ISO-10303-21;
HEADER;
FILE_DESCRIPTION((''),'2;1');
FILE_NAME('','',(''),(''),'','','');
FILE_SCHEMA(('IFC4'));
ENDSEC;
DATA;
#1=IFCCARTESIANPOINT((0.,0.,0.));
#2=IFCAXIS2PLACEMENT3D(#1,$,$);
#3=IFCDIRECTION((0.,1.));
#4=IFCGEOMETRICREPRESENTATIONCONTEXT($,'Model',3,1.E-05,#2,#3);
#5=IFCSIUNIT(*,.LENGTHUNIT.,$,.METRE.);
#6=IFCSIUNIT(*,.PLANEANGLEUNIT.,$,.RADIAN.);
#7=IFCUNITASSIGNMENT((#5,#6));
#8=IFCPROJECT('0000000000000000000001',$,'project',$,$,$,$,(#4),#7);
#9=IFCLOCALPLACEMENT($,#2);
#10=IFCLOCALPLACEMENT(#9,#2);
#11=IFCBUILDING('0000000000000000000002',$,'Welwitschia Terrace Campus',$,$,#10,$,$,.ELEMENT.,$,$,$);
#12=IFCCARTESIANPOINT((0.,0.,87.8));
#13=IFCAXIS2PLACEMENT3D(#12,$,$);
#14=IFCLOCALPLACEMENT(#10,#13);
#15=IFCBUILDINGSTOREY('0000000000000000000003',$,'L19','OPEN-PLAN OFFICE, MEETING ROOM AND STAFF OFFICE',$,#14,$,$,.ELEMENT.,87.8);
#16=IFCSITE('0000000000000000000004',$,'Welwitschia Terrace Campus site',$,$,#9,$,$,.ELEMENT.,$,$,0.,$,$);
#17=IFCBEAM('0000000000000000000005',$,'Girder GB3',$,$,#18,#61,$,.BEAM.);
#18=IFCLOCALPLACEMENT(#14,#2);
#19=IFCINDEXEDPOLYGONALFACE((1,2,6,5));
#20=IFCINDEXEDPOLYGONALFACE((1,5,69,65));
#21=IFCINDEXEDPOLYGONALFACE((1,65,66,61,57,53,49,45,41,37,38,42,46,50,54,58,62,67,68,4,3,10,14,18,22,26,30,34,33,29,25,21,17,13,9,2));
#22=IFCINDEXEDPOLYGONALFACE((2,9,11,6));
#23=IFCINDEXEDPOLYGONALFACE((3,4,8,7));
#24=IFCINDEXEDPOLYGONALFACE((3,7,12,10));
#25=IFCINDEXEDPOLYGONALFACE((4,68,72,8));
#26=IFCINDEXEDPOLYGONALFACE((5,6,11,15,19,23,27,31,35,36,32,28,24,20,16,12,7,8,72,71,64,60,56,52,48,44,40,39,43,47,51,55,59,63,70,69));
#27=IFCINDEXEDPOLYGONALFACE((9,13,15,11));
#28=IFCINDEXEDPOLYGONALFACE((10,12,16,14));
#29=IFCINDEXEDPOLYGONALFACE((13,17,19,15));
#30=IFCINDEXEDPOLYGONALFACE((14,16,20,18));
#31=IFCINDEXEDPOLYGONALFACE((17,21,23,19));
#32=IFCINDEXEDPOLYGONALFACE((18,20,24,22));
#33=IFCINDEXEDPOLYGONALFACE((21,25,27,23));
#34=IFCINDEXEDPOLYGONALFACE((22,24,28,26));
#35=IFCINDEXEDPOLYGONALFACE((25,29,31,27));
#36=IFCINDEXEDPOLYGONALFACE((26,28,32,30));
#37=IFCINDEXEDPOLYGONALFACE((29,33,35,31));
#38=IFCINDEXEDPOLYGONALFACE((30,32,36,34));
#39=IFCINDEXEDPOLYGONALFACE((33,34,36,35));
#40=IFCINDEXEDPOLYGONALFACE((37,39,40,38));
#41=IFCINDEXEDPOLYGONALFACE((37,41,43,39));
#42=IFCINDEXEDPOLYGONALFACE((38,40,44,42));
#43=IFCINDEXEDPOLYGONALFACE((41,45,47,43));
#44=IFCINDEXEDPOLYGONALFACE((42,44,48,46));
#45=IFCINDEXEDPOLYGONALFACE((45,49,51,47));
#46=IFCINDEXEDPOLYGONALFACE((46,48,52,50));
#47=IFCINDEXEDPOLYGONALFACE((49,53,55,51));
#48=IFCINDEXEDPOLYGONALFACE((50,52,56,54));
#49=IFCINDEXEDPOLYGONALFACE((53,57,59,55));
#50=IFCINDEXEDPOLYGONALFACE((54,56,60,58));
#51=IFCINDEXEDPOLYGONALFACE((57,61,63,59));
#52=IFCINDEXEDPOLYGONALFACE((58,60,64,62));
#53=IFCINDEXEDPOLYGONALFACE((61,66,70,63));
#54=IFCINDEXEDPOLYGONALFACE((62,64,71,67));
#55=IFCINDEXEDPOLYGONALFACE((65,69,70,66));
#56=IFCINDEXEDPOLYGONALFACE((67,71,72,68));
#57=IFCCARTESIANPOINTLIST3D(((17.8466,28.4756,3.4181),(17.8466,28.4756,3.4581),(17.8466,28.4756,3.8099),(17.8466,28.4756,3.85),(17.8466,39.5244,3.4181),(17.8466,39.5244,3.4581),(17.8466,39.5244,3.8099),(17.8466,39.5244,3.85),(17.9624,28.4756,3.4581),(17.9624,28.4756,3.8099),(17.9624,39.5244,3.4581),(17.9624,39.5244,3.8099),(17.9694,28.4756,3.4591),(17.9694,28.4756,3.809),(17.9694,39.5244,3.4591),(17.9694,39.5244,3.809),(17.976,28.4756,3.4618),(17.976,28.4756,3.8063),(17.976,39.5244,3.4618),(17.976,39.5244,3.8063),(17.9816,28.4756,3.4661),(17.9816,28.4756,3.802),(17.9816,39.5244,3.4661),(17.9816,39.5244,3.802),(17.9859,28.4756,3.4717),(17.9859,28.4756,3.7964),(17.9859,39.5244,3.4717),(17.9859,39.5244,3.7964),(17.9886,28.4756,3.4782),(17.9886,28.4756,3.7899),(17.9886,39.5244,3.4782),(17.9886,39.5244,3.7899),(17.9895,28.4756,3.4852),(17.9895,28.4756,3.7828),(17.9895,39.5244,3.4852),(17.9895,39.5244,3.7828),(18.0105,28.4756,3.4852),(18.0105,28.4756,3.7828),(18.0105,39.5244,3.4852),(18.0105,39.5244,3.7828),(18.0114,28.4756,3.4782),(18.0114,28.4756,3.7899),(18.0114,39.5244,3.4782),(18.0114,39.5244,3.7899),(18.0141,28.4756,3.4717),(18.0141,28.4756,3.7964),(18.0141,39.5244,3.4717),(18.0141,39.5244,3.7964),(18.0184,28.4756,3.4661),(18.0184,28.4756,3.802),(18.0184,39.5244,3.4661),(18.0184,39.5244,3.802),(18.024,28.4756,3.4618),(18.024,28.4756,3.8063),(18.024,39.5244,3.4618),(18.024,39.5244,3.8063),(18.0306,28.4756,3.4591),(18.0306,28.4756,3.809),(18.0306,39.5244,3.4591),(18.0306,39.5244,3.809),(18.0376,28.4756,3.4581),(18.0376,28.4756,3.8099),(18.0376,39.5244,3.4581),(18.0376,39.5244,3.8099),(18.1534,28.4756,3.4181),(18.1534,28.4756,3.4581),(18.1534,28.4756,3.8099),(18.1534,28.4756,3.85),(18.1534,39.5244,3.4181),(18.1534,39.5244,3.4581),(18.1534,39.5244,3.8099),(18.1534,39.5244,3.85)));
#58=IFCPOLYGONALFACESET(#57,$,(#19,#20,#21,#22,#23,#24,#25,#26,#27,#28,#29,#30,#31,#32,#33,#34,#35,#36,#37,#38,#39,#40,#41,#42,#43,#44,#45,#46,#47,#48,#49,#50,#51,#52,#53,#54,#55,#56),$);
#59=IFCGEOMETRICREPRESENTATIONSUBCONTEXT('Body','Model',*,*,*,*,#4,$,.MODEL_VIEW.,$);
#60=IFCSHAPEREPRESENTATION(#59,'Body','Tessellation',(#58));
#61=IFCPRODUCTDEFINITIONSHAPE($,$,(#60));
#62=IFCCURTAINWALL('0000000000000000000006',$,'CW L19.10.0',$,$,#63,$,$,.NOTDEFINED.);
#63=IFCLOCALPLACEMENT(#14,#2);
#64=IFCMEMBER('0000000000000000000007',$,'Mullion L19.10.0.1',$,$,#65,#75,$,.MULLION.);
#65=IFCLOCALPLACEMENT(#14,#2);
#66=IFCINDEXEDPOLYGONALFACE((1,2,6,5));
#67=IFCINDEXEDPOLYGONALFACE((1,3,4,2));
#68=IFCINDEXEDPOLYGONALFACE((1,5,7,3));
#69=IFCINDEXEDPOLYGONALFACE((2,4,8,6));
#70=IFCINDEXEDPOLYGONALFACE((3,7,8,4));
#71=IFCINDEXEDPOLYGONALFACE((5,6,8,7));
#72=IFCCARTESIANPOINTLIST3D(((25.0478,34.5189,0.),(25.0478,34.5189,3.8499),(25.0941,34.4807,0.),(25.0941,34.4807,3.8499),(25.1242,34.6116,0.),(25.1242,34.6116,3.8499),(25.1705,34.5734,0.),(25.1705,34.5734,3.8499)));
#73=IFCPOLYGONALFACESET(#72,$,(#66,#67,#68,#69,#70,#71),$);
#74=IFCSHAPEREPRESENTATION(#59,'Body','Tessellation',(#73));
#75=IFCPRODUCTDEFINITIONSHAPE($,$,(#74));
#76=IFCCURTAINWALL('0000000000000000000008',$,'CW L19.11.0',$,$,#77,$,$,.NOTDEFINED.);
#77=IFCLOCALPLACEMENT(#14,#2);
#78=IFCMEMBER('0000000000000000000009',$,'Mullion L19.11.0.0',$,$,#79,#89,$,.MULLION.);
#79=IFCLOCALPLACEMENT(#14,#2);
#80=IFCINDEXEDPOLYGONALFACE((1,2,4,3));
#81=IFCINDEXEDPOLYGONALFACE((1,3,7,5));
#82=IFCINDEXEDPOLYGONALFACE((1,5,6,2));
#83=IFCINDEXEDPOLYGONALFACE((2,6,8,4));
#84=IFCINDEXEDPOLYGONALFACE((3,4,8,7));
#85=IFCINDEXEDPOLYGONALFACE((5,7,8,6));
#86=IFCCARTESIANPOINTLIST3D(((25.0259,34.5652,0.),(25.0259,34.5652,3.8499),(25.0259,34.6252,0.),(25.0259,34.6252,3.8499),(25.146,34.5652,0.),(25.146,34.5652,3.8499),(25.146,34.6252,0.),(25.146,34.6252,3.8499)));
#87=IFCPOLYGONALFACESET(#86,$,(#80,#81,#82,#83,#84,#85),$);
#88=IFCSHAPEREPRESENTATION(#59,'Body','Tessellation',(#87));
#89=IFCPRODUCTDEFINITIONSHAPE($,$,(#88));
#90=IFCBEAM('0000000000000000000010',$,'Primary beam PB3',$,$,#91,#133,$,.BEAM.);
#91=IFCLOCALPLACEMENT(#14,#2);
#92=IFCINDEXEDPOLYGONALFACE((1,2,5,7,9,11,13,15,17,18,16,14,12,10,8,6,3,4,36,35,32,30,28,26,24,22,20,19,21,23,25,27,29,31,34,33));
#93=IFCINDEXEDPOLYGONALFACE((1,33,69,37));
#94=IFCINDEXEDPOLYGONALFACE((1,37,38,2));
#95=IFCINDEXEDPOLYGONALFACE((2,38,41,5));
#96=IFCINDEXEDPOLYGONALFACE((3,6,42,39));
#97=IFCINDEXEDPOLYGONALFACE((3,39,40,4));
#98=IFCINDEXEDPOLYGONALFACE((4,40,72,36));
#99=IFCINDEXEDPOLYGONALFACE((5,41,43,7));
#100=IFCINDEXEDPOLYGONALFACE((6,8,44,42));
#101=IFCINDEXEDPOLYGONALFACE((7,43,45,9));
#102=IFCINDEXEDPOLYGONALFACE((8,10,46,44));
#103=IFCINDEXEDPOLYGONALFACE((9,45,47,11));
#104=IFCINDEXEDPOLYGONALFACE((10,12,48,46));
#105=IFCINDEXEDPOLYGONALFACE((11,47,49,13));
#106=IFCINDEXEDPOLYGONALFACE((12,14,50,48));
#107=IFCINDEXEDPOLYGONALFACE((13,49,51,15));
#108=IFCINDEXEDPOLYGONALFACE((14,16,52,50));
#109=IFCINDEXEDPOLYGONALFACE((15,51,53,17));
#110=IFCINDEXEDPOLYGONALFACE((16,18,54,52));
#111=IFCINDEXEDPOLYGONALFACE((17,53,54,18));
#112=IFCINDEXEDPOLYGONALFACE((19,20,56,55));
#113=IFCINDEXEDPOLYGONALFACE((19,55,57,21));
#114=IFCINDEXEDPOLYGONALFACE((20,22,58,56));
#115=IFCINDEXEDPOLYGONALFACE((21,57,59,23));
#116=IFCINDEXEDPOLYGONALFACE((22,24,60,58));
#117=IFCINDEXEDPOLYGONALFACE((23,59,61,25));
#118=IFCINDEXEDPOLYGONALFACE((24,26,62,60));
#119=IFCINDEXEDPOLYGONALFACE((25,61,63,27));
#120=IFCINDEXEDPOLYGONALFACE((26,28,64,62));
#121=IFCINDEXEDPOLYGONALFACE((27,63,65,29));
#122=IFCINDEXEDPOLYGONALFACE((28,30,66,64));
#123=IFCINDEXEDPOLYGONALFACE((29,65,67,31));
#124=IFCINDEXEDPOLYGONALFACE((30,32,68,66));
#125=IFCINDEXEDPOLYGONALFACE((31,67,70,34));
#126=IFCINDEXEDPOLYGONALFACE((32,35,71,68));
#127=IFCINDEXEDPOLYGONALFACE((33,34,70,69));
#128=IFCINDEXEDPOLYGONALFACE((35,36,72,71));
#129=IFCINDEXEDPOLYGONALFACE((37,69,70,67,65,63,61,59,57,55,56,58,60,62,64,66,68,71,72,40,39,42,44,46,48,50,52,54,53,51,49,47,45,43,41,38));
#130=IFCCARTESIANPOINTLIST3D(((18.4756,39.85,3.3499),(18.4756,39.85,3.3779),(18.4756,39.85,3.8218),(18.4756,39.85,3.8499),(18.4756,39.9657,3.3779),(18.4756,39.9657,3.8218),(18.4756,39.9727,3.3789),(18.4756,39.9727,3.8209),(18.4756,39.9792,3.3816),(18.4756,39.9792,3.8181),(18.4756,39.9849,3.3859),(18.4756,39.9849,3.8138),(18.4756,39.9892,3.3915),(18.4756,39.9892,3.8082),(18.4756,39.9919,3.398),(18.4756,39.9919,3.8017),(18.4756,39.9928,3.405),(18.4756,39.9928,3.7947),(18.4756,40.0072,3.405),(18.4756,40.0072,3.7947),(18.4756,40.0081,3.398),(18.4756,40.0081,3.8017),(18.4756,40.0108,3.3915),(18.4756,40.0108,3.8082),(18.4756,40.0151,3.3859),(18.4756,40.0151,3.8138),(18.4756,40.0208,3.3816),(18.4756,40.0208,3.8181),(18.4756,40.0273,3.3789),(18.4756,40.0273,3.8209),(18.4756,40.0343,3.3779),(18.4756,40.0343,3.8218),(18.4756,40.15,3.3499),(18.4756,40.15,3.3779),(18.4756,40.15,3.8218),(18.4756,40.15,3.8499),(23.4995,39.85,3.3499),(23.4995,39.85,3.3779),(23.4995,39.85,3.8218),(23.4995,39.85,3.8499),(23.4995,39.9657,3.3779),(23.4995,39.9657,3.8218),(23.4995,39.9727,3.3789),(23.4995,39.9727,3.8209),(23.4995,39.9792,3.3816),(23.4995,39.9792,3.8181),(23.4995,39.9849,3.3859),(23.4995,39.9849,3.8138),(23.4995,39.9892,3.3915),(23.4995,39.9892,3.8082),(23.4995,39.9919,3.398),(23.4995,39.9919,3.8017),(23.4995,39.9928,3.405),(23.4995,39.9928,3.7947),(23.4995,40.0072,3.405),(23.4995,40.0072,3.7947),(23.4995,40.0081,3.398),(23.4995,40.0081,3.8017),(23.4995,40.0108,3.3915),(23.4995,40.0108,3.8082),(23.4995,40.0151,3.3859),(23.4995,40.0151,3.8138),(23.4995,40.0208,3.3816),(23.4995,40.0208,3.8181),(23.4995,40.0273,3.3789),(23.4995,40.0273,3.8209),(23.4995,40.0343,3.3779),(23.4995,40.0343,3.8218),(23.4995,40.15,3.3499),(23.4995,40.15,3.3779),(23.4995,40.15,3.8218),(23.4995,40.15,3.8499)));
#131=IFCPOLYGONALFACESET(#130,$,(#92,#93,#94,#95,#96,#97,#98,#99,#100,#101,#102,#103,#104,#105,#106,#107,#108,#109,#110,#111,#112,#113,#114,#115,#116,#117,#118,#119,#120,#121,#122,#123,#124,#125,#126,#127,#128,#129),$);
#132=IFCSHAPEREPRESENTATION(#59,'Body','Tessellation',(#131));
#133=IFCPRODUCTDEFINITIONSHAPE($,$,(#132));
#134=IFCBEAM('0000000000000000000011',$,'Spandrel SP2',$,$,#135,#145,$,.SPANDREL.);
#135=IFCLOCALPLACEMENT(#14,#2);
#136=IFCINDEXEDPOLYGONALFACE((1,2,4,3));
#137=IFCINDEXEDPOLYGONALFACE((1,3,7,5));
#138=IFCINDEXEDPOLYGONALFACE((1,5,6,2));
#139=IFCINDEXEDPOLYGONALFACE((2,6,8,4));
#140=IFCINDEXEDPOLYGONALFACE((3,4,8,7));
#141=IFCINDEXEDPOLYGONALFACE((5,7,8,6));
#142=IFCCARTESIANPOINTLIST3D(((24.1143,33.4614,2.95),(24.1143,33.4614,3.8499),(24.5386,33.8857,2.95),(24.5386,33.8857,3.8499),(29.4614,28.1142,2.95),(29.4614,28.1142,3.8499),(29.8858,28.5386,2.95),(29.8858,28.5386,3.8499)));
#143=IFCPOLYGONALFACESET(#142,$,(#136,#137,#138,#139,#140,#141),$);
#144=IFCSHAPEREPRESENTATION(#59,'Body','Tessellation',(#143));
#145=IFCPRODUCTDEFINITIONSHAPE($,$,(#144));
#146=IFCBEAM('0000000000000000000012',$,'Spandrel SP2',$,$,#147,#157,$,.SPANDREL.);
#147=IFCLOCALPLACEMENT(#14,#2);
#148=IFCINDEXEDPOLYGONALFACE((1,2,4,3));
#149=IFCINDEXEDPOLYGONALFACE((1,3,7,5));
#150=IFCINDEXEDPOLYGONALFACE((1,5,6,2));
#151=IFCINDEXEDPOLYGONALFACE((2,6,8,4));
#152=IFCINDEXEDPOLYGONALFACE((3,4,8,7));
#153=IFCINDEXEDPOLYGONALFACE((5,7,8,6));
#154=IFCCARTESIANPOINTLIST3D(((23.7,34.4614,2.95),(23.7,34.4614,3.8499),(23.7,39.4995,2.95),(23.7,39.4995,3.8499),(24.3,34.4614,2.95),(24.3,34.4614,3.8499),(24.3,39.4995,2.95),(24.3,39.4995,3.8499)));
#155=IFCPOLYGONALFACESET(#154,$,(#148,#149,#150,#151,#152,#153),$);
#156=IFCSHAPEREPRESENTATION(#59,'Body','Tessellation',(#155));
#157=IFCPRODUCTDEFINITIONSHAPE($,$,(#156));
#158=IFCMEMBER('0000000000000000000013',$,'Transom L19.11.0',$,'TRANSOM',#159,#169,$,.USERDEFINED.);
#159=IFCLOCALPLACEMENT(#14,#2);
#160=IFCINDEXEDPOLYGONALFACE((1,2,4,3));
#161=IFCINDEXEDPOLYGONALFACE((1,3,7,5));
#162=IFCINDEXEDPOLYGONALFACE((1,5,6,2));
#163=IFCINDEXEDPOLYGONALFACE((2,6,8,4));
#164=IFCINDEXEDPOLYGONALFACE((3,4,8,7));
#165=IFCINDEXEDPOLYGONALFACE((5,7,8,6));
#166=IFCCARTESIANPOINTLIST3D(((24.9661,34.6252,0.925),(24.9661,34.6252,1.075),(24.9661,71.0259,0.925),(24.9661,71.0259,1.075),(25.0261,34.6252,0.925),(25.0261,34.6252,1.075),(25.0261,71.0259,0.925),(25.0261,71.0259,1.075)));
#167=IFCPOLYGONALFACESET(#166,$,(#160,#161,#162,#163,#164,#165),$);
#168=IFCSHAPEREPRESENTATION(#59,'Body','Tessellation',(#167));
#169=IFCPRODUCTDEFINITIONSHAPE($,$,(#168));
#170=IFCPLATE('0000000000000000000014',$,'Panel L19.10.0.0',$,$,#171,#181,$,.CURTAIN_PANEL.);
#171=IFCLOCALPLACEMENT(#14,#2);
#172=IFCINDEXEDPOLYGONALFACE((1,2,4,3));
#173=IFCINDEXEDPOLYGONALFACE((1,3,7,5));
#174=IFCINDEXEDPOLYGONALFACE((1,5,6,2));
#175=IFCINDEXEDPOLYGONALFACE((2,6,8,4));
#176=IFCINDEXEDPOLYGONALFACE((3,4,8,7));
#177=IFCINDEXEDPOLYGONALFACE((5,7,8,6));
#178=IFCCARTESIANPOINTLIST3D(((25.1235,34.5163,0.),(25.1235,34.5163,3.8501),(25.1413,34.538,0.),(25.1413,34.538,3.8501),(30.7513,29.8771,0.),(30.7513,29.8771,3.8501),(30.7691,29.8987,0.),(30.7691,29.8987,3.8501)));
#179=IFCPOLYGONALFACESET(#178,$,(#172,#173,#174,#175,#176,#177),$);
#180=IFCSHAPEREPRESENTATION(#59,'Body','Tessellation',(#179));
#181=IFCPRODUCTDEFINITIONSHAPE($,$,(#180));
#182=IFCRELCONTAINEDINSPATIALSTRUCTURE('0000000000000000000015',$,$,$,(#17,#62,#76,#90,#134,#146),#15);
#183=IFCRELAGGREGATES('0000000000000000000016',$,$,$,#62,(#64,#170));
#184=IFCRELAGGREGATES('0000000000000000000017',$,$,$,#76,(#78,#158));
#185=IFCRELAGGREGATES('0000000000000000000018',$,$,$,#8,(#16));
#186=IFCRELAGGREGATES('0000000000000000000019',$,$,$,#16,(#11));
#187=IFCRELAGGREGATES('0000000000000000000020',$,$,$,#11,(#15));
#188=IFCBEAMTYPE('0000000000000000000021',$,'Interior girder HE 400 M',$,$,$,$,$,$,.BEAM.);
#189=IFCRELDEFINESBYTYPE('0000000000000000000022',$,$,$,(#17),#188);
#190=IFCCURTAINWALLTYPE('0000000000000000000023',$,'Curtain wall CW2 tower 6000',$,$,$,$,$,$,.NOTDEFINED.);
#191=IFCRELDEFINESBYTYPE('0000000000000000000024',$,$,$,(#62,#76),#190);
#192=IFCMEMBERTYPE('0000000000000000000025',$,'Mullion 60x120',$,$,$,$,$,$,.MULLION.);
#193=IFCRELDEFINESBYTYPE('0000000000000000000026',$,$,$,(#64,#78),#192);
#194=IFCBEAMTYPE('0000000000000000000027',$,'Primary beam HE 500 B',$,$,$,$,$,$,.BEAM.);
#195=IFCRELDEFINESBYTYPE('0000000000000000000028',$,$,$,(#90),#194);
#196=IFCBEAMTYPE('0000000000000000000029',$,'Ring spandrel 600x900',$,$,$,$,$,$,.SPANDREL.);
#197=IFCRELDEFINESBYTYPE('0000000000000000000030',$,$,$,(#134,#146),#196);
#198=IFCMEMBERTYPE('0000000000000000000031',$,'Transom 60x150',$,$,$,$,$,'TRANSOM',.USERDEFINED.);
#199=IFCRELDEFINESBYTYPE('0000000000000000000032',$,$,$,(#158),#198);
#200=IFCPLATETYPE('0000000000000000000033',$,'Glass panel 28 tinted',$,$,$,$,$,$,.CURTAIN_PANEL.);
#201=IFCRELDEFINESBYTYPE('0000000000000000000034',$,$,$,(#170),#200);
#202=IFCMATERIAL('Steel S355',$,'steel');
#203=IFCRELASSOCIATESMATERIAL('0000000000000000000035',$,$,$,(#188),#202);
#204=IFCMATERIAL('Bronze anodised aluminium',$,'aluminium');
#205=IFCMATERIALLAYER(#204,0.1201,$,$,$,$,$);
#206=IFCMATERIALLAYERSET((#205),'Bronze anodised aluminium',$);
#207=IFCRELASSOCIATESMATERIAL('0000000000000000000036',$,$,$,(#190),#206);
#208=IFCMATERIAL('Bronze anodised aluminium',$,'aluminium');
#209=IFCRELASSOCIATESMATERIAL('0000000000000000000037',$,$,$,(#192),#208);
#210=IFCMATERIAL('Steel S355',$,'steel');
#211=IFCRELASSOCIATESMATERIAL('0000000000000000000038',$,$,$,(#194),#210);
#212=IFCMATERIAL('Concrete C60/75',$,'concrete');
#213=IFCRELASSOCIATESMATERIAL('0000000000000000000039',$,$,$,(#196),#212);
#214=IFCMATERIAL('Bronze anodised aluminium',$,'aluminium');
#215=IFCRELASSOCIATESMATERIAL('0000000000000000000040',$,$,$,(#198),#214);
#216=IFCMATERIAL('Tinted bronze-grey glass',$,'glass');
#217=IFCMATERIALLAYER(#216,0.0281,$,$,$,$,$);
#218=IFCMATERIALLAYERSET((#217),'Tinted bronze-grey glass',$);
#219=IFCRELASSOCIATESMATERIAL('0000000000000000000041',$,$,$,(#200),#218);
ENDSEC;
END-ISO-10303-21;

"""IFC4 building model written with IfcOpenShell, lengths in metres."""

from ifc_helpers import new_model, si_unit, direction, frame, origin, origin_2d, place, context, subcontext, project, spatial, rectangle, i_section, extrude, material, layer, layer_set, material_profile, profile_set, type_object, element, aggregate, save


model = new_model("IFC4")

# Units and contexts
model_context = context("Model", 3, precision=1e-05, world=origin(), true_north=direction((0.0, 1.0)))
body_context = subcontext(model_context, "Body", "Model", "MODEL_VIEW")
ifc_project = project(units=[si_unit("LENGTHUNIT", "METRE"), si_unit("PLANEANGLEUNIT", "RADIAN")], contexts=[model_context])

# Site, building, storey
site_placement = place(None, origin())
site = spatial("IfcSite", under=ifc_project, at=site_placement, Name="Welwitschia Terrace Campus site", CompositionType="ELEMENT", RefElevation=0.0)
building_placement = place(site_placement, origin())
building = spatial("IfcBuilding", under=site, at=building_placement, Name="Welwitschia Terrace Campus", CompositionType="ELEMENT")
storey_placement = place(building_placement, frame((0.0, 0.0, 87.8)))
storey = spatial("IfcBuildingStorey", under=building, at=storey_placement, Name="L19", Description="OPEN-PLAN OFFICE, MEETING ROOM AND STAFF OFFICE", CompositionType="ELEMENT", Elevation=87.8)

# Beam
ifc_material_1 = material(Name="Steel S355", Category="steel")
ifc_material_profile_1 = material_profile(ifc_material_1, i_section(OverallWidth=0.3069, OverallDepth=0.4319, WebThickness=0.021, FlangeThickness=0.04, FilletRadius=0.0271, at=origin_2d()))
ifc_profile_set_1 = profile_set([ifc_material_profile_1], Name="Steel S355")
beam_type_1 = type_object("IfcBeamType", Name="Interior girder HE 400 M", PredefinedType="BEAM", material=ifc_profile_set_1)
beam_1_placement = place(storey_placement, frame((18.0, 28.4756, 3.634), z_axis=(0.0, 1.0, 0.0), x_axis=(-1.0, 0.0, 0.0)))
element("IfcBeam", 1, at=beam_1_placement, inside=storey, type_object=beam_type_1, Name="Girder GB3", PredefinedType="BEAM", context=body_context, shape_type="SweptSolid", body=[
    extrude(i_section(OverallWidth=0.3069, OverallDepth=0.4319, WebThickness=0.021, FlangeThickness=0.04, FilletRadius=0.0271, at=origin_2d()), origin(), (0.0, 0.0, 1.0), 11.0488),
])

# Curtain walls, members
ifc_material_2 = material(Name="Bronze anodised aluminium", Category="aluminium")
ifc_layer_1 = layer(ifc_material_2, 0.1201)
ifc_layer_set_1 = layer_set([ifc_layer_1], Name="Bronze anodised aluminium")
curtain_wall_type = type_object("IfcCurtainWallType", Name="Curtain wall CW2 tower 6000", PredefinedType="NOTDEFINED", material=ifc_layer_set_1)
curtain_wall_1_placement = place(storey_placement, origin())
curtain_wall_1 = element("IfcCurtainWall", 2, at=curtain_wall_1_placement, inside=storey, type_object=curtain_wall_type, Name="CW L19.10.0", PredefinedType="NOTDEFINED")
ifc_material_3 = material(Name="Bronze anodised aluminium", Category="aluminium")
ifc_material_profile_2 = material_profile(ifc_material_3, rectangle(XDim=0.1201, YDim=0.0601, at=origin_2d()))
ifc_profile_set_2 = profile_set([ifc_material_profile_2], Name="Bronze anodised aluminium")
member_type_1 = type_object("IfcMemberType", Name="Mullion 60x120", PredefinedType="MULLION", material=ifc_profile_set_2)
member_1_placement = place(storey_placement, frame((25.1091, 34.5461, 0.0), z_axis=(0.0, 0.0, 1.0), x_axis=(-0.636078, -0.771625, 0.0)))
member_1 = element("IfcMember", 3, at=member_1_placement, type_object=member_type_1, Name="Mullion L19.10.0.1", PredefinedType="MULLION", context=body_context, shape_type="SweptSolid", body=[
    extrude(rectangle(XDim=0.1201, YDim=0.0601, at=origin_2d()), origin(), (0.0, 0.0, 1.0), 3.8499),
])
curtain_wall_2_placement = place(storey_placement, origin())
curtain_wall_2 = element("IfcCurtainWall", 4, at=curtain_wall_2_placement, inside=storey, type_object=curtain_wall_type, Name="CW L19.11.0", PredefinedType="NOTDEFINED")
member_2_placement = place(storey_placement, frame((25.0859, 34.5952, 0.0), z_axis=(0.0, 0.0, 1.0), x_axis=(-1.0, 0.0, 0.0)))
member_2 = element("IfcMember", 5, at=member_2_placement, type_object=member_type_1, Name="Mullion L19.11.0.0", PredefinedType="MULLION", context=body_context, shape_type="SweptSolid", body=[
    extrude(rectangle(XDim=0.1201, YDim=0.0601, at=origin_2d()), origin(), (0.0, 0.0, 1.0), 3.8499),
])

# Beams
ifc_material_4 = material(Name="Steel S355", Category="steel")
ifc_material_profile_3 = material_profile(ifc_material_4, i_section(OverallWidth=0.3, OverallDepth=0.5, WebThickness=0.0144, FlangeThickness=0.0281, FilletRadius=0.0271, at=origin_2d()))
ifc_profile_set_3 = profile_set([ifc_material_profile_3], Name="Steel S355")
beam_type_2 = type_object("IfcBeamType", Name="Primary beam HE 500 B", PredefinedType="BEAM", material=ifc_profile_set_3)
beam_2_placement = place(storey_placement, frame((23.4995, 40.0, 3.5999), z_axis=(-1.0, 0.0, 0.0), x_axis=(0.0, -1.0, 0.0)))
element("IfcBeam", 6, at=beam_2_placement, inside=storey, type_object=beam_type_2, Name="Primary beam PB3", PredefinedType="BEAM", context=body_context, shape_type="SweptSolid", body=[
    extrude(i_section(OverallWidth=0.3, OverallDepth=0.5, WebThickness=0.0144, FlangeThickness=0.0281, FilletRadius=0.0271, at=origin_2d()), origin(), (0.0, 0.0, 1.0), 5.0239),
])
ifc_material_5 = material(Name="Concrete C60/75", Category="concrete")
ifc_material_profile_4 = material_profile(ifc_material_5, rectangle(XDim=0.6001, YDim=0.8999, at=origin_2d()))
ifc_profile_set_4 = profile_set([ifc_material_profile_4], Name="Concrete C60/75")
beam_type_3 = type_object("IfcBeamType", Name="Ring spandrel 600x900", PredefinedType="SPANDREL", material=ifc_profile_set_4)
beam_3_placement = place(storey_placement, frame((29.6736, 28.3264, 3.3999), z_axis=(-0.707107, 0.707107, 0.0), x_axis=(-0.707107, -0.707107, 0.0)))
element("IfcBeam", 7, at=beam_3_placement, inside=storey, type_object=beam_type_3, Name="Spandrel SP2", PredefinedType="SPANDREL", context=body_context, shape_type="SweptSolid", body=[
    extrude(rectangle(XDim=0.6001, YDim=0.8999, at=origin_2d()), origin(), (0.0, 0.0, 1.0), 7.562),
])
beam_4_placement = place(storey_placement, frame((24.0, 34.4614, 3.3999), z_axis=(0.0, 1.0, 0.0), x_axis=(-1.0, 0.0, 0.0)))
element("IfcBeam", 8, at=beam_4_placement, inside=storey, type_object=beam_type_3, Name="Spandrel SP2", PredefinedType="SPANDREL", context=body_context, shape_type="SweptSolid", body=[
    extrude(rectangle(XDim=0.6001, YDim=0.8999, at=origin_2d()), origin(), (0.0, 0.0, 1.0), 5.0381),
])

# Member
ifc_material_6 = material(Name="Bronze anodised aluminium", Category="aluminium")
ifc_material_profile_5 = material_profile(ifc_material_6, rectangle(XDim=0.0601, YDim=0.1499, at=origin_2d()))
ifc_profile_set_5 = profile_set([ifc_material_profile_5], Name="Bronze anodised aluminium")
member_type_2 = type_object("IfcMemberType", Name="Transom 60x150", ElementType="TRANSOM", PredefinedType="USERDEFINED", material=ifc_profile_set_5)
member_3_placement = place(storey_placement, frame((24.9961, 34.6252, 1.0), z_axis=(0.0, 1.0, 0.0), x_axis=(-1.0, 0.0, 0.0)))
member_3 = element("IfcMember", 9, at=member_3_placement, type_object=member_type_2, Name="Transom L19.11.0", ObjectType="TRANSOM", PredefinedType="USERDEFINED", context=body_context, shape_type="SweptSolid", body=[
    extrude(rectangle(XDim=0.0601, YDim=0.1499, at=origin_2d()), origin(), (0.0, 0.0, 1.0), 36.4006),
])

# Plate
ifc_material_7 = material(Name="Tinted bronze-grey glass", Category="glass")
ifc_layer_2 = layer(ifc_material_7, 0.0281)
ifc_layer_set_2 = layer_set([ifc_layer_2], Name="Tinted bronze-grey glass")
plate_type = type_object("IfcPlateType", Name="Glass panel 28 tinted", PredefinedType="CURTAIN_PANEL", material=ifc_layer_set_2)
plate_1_placement = place(storey_placement, frame((27.9463, 32.2075, 0.0), z_axis=(0.0, 0.0, 1.0), x_axis=(-0.771625, 0.636078, 0.0)))
plate_1 = element("IfcPlate", 10, at=plate_1_placement, type_object=plate_type, Name="Panel L19.10.0.0", PredefinedType="CURTAIN_PANEL", context=body_context, shape_type="SweptSolid", body=[
    extrude(rectangle(XDim=7.2935, YDim=0.0281, at=origin_2d()), origin(), (0.0, 0.0, 1.0), 3.8501),
])
aggregate(curtain_wall_1, [member_1, plate_1])
aggregate(curtain_wall_2, [member_2, member_3])

save(model, "model.ifc")
